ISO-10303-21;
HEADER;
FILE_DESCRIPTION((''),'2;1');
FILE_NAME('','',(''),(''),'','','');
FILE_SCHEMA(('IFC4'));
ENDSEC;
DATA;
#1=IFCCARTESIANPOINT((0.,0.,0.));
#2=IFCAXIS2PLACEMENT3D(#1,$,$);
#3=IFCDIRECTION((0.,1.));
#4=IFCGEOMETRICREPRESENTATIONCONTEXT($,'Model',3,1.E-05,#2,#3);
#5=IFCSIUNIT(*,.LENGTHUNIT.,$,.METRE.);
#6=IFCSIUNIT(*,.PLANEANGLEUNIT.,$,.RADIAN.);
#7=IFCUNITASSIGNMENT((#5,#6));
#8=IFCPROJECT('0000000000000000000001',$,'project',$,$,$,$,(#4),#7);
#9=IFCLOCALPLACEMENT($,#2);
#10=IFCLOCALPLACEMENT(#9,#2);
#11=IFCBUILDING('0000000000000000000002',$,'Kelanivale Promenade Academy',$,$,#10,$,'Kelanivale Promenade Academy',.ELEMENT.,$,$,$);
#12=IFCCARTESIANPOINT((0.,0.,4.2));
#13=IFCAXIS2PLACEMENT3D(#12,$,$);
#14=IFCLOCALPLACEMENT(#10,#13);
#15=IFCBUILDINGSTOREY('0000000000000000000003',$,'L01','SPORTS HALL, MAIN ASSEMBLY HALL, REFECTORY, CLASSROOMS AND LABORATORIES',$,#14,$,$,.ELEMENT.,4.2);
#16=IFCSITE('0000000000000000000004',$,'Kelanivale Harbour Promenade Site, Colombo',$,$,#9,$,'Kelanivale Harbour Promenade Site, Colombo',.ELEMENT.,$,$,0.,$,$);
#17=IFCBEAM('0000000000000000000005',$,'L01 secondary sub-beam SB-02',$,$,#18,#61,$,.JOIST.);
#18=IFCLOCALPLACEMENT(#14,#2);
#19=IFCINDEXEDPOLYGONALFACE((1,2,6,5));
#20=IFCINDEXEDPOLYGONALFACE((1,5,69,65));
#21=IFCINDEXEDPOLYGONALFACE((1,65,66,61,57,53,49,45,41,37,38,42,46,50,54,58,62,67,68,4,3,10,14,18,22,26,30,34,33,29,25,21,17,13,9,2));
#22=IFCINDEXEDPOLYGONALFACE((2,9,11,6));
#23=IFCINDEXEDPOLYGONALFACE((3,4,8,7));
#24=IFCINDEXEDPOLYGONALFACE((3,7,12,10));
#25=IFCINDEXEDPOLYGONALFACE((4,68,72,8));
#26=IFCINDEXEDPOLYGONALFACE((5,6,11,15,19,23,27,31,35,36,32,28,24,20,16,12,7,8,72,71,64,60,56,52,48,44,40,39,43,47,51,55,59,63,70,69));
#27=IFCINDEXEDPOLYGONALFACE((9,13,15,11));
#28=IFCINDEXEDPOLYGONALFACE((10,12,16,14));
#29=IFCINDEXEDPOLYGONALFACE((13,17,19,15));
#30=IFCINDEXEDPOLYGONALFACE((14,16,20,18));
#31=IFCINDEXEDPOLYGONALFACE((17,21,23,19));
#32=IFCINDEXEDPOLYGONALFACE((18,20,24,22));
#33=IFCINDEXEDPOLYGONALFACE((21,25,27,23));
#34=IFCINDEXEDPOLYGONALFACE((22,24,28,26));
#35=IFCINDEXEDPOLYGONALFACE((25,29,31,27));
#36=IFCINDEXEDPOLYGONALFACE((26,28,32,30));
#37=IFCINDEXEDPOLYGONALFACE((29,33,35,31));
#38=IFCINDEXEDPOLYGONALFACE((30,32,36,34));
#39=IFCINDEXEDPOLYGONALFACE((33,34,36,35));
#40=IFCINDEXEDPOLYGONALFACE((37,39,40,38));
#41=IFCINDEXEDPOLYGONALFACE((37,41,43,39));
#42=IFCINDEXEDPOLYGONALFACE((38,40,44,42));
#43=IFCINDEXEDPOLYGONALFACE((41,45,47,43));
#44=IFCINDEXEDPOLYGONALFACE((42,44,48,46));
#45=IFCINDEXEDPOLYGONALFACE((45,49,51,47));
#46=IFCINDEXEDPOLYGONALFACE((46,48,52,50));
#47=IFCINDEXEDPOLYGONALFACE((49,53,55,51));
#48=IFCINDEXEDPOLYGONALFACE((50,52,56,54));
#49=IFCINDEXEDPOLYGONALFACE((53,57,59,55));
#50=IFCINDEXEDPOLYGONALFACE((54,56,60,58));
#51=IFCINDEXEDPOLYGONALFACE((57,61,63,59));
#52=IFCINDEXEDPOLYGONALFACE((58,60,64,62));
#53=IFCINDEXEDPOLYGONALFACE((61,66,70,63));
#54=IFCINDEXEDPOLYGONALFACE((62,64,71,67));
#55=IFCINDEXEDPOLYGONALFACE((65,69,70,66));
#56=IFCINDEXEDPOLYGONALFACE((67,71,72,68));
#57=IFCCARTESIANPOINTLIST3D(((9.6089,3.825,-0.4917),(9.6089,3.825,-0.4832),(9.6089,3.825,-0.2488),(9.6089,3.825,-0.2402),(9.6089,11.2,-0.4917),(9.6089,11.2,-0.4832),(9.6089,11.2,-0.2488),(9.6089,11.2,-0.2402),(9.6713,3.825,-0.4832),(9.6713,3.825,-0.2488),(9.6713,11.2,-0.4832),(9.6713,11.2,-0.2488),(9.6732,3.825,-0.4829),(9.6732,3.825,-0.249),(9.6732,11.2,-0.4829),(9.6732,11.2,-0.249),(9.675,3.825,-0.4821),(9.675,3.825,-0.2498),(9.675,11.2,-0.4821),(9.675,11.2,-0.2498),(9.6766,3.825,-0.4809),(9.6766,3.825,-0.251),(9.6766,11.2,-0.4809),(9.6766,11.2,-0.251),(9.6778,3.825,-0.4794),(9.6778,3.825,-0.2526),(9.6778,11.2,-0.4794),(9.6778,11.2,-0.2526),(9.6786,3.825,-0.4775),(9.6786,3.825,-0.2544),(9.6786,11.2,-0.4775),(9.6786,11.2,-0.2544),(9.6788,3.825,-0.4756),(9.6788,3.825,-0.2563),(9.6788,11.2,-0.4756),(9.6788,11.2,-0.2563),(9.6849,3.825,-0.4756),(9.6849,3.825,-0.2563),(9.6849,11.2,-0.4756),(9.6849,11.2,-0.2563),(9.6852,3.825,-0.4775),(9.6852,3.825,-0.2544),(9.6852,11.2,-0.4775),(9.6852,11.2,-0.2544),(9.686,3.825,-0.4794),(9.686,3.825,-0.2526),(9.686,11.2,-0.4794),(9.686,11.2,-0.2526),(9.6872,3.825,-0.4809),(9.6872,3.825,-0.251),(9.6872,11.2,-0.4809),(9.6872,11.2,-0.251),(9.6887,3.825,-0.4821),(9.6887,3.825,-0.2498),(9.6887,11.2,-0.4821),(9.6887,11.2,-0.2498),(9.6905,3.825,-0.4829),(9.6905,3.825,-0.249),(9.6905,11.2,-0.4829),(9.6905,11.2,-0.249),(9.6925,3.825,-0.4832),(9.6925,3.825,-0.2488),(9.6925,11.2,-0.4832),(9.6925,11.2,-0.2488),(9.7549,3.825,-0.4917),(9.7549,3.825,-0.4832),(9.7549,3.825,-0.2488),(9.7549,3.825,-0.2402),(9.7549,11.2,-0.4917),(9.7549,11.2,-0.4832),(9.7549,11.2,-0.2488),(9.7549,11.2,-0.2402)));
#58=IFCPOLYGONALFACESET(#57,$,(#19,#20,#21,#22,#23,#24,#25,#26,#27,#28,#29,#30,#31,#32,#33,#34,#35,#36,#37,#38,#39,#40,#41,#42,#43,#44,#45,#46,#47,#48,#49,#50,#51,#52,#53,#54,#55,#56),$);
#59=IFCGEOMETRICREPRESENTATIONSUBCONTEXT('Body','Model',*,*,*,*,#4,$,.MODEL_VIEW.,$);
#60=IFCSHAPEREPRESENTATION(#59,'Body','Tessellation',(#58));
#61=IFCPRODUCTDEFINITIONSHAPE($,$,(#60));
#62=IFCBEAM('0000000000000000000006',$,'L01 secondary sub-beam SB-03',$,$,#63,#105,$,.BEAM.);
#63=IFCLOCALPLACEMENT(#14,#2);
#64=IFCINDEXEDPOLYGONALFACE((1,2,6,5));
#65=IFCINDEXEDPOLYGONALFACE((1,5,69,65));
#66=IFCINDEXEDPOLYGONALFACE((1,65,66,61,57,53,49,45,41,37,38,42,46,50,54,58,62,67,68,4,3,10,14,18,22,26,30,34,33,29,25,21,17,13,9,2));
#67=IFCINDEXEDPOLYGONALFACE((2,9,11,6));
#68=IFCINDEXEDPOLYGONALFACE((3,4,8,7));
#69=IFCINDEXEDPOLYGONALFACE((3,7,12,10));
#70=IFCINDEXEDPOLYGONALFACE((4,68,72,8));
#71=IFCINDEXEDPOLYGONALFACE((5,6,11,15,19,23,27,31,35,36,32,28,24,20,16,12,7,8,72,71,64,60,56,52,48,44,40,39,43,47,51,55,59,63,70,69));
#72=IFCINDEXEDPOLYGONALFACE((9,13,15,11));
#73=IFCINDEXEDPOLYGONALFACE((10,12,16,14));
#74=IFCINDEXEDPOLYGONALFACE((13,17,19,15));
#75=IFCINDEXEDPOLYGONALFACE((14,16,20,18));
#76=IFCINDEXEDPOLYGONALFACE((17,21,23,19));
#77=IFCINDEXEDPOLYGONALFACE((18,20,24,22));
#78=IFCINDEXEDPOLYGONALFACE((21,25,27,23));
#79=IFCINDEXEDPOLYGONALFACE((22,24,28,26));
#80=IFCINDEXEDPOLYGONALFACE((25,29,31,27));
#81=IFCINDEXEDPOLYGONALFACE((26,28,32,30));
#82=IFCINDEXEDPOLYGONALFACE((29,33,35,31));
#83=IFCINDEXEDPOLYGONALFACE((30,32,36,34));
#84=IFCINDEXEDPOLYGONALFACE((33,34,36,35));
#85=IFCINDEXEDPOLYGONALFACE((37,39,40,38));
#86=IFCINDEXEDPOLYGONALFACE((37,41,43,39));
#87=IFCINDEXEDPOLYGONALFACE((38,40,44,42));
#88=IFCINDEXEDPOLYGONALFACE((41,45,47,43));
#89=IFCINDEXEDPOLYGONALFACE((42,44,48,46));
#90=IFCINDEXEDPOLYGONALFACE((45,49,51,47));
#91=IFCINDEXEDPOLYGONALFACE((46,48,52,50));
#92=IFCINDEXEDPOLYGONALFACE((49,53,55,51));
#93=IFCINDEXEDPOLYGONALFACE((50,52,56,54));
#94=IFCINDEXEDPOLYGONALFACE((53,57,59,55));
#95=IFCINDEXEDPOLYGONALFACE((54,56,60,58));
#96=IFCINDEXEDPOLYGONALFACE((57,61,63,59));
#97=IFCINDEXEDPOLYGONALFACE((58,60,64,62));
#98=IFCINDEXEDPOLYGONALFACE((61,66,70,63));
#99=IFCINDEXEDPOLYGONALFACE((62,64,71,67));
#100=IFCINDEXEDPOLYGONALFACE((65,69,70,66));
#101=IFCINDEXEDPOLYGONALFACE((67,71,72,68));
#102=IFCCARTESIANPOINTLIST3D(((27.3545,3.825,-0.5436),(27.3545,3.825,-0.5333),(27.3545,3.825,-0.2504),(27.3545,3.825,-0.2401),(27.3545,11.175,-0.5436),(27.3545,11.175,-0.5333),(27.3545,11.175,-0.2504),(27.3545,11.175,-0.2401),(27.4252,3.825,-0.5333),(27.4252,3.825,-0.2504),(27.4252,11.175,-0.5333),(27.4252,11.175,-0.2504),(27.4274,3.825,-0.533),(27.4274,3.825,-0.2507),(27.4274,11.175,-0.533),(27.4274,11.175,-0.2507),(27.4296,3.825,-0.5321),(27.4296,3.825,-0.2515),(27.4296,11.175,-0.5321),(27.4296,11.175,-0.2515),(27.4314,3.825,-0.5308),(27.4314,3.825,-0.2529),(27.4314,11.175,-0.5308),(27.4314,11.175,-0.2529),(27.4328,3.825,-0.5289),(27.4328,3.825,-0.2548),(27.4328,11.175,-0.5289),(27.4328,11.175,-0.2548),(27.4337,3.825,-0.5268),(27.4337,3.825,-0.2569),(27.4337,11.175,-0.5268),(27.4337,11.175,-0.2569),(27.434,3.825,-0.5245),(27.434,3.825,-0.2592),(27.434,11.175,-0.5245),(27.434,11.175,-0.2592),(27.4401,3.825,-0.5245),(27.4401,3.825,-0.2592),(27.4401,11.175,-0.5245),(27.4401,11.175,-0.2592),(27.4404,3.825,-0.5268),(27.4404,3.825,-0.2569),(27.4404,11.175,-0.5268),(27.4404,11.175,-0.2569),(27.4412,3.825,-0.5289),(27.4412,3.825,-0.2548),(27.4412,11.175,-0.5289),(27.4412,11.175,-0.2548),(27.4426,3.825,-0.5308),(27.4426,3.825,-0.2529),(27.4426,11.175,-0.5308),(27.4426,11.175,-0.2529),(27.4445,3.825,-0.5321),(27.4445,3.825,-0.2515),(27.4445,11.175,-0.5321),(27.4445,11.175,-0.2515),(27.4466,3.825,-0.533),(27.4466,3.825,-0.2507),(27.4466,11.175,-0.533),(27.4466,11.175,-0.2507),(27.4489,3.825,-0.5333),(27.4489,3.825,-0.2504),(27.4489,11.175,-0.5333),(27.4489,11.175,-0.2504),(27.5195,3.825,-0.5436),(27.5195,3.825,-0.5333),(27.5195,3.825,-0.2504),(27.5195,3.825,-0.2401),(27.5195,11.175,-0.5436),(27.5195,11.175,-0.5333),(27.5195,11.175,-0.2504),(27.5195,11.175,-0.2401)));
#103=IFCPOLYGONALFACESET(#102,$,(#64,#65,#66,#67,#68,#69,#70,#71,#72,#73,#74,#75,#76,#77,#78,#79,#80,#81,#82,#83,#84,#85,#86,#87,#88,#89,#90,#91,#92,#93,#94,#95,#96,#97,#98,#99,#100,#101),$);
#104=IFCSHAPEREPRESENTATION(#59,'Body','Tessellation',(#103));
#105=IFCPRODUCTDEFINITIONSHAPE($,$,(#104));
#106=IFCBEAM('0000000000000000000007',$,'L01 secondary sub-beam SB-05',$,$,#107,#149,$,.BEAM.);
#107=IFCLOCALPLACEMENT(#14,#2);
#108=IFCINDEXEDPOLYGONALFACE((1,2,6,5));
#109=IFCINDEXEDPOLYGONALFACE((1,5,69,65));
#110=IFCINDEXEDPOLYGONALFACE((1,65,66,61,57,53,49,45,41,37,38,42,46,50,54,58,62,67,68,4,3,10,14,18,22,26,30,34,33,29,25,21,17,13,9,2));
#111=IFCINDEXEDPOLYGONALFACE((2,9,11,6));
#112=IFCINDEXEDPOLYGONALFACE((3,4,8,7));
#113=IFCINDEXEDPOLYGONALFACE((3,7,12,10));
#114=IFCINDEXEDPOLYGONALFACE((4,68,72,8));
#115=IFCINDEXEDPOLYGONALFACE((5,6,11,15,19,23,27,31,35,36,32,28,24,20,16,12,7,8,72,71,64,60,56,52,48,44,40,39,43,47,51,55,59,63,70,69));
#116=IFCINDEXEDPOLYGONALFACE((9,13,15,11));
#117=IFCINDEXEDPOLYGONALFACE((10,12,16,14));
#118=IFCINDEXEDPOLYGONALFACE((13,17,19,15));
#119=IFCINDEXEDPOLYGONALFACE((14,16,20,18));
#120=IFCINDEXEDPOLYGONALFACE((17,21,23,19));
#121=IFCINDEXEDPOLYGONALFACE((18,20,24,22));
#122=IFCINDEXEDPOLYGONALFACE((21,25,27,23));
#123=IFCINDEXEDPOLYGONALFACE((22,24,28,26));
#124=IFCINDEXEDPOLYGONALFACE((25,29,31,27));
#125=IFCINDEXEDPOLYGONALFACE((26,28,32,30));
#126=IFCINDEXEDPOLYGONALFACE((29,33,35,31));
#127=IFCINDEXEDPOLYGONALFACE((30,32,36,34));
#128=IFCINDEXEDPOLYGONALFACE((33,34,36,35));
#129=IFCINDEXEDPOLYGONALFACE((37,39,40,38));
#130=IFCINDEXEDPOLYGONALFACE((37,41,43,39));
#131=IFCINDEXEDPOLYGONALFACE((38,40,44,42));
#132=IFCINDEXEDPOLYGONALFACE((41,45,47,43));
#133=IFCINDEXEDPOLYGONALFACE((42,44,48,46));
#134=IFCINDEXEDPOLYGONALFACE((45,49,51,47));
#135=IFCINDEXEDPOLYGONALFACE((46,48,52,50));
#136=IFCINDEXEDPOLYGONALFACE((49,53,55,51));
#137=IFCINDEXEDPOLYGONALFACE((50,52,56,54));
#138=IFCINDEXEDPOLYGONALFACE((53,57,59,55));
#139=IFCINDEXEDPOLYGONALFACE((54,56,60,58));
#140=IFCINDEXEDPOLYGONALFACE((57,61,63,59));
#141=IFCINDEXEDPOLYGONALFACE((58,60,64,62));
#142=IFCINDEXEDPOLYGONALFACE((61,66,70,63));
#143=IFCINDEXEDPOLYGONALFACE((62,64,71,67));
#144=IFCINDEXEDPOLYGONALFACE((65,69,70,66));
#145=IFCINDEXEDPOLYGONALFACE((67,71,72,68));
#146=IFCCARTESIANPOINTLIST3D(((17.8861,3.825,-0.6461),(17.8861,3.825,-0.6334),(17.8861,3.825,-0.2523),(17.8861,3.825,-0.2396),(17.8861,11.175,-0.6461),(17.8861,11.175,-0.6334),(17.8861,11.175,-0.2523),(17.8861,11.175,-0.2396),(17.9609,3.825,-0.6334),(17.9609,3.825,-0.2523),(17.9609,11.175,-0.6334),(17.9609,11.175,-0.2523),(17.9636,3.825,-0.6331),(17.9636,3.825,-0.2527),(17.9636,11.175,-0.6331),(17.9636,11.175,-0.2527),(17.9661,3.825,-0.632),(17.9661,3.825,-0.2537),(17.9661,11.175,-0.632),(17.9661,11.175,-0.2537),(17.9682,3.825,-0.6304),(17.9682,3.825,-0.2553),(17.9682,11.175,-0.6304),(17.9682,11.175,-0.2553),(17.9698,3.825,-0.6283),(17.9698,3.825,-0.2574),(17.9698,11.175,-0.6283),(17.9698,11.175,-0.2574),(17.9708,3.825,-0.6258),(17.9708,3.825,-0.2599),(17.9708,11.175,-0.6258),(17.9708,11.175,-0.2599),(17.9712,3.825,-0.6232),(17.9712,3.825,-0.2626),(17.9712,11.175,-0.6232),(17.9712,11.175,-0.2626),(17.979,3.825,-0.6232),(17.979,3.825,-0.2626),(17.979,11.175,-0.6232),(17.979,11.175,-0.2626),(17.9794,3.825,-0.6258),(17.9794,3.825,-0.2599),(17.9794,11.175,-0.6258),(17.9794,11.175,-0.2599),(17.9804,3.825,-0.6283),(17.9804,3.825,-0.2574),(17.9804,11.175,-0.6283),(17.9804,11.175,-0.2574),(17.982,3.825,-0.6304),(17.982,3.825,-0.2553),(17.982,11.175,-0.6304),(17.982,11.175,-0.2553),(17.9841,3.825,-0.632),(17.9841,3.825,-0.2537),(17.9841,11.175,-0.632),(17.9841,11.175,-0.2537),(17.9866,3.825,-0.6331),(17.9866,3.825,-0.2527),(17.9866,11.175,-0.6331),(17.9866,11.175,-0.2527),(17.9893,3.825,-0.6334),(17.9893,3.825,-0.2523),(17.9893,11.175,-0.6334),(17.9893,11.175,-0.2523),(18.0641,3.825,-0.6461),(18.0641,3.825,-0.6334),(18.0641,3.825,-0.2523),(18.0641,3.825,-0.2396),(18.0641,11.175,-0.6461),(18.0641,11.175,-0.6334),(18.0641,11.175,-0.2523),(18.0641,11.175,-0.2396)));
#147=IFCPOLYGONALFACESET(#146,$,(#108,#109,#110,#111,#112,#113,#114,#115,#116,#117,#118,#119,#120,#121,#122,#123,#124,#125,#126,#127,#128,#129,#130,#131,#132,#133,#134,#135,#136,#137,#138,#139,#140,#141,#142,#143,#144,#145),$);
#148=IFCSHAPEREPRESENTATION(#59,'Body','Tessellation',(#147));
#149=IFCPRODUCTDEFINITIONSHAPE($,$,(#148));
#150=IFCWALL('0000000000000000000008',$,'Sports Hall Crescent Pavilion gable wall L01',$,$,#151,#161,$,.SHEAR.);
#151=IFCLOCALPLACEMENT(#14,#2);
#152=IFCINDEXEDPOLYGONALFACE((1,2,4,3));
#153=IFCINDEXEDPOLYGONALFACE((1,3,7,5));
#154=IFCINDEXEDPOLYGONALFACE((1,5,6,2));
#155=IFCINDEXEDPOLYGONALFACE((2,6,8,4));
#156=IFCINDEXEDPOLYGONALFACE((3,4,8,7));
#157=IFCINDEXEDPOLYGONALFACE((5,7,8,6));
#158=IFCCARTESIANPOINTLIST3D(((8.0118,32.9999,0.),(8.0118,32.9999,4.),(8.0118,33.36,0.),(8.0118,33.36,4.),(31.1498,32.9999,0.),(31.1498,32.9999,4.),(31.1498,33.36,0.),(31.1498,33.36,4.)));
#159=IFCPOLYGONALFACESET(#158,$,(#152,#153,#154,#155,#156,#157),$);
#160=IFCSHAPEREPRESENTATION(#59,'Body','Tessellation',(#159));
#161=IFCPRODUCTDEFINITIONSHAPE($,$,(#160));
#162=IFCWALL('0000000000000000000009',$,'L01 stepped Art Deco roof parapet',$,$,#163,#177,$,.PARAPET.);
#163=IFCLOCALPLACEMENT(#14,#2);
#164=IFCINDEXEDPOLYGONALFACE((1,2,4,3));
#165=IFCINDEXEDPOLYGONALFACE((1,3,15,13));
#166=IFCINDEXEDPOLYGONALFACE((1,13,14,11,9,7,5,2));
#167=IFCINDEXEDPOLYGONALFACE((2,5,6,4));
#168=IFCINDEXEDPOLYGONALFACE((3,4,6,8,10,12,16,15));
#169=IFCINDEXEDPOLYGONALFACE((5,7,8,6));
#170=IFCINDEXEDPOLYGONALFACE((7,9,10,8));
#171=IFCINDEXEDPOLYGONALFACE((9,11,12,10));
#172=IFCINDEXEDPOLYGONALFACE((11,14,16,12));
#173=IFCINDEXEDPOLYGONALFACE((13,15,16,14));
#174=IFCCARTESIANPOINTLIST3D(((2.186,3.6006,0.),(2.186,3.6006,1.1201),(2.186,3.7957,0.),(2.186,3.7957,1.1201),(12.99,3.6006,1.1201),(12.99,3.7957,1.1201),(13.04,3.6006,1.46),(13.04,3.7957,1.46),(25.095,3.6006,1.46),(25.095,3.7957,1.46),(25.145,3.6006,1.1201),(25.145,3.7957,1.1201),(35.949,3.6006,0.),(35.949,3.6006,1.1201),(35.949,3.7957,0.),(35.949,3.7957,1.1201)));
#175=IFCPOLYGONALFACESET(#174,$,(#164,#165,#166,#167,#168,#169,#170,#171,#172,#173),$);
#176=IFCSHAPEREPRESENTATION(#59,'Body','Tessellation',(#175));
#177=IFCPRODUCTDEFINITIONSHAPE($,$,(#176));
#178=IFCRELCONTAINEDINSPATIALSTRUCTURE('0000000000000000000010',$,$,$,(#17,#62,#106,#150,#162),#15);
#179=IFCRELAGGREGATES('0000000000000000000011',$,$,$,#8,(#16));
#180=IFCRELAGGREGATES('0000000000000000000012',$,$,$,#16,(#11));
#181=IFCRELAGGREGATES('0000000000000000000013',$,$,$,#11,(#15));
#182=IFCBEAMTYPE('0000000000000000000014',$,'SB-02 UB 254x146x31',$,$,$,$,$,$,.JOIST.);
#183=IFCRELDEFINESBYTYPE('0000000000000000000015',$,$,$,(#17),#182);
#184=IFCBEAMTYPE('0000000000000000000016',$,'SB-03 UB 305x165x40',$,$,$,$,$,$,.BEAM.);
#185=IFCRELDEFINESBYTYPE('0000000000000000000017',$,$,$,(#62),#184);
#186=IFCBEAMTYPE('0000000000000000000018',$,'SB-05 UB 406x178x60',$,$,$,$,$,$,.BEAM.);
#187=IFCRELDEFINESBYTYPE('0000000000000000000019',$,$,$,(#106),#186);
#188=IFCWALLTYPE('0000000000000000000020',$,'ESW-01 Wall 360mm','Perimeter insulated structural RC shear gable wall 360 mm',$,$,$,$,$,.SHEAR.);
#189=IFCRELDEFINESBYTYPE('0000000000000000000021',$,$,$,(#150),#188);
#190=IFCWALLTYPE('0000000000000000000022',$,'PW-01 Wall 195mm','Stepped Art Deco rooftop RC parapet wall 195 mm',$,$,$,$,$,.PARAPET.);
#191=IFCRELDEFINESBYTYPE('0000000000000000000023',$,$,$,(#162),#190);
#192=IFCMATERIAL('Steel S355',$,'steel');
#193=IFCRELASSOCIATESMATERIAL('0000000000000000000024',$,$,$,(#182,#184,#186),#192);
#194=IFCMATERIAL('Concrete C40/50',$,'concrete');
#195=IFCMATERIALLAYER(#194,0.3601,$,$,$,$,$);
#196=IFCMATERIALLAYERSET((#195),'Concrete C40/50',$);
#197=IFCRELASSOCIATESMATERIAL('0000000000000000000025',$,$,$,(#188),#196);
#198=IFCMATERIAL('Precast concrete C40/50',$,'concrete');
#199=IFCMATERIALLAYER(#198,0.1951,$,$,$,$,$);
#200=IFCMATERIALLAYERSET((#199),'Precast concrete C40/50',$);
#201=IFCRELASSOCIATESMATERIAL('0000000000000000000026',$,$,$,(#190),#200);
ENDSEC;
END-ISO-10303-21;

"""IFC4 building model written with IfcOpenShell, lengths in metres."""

from ifc_helpers import new_model, si_unit, direction, frame, frame_2d, origin, origin_2d, place, context, subcontext, project, spatial, polyline, rectangle, i_section, outline, extrude, material, layer, layer_set, material_profile, profile_set, type_object, element, save


model = new_model("IFC4")

# Units and contexts
model_context = context("Model", 3, precision=1e-05, world=origin(), true_north=direction((0.0, 1.0)))
body_context = subcontext(model_context, "Body", "Model", "MODEL_VIEW")
ifc_project = project(units=[si_unit("LENGTHUNIT", "METRE"), si_unit("PLANEANGLEUNIT", "RADIAN")], contexts=[model_context])

# Site, building, storey
site_placement = place(None, origin())
site = spatial("IfcSite", under=ifc_project, at=site_placement, Name="Kelanivale Harbour Promenade Site, Colombo", LongName="Kelanivale Harbour Promenade Site, Colombo", CompositionType="ELEMENT", RefElevation=0.0)
building_placement = place(site_placement, origin())
building = spatial("IfcBuilding", under=site, at=building_placement, Name="Kelanivale Promenade Academy", LongName="Kelanivale Promenade Academy", CompositionType="ELEMENT")
storey_placement = place(building_placement, frame((0.0, 0.0, 4.2)))
storey = spatial("IfcBuildingStorey", under=building, at=storey_placement, Name="L01", Description="SPORTS HALL, MAIN ASSEMBLY HALL, REFECTORY, CLASSROOMS AND LABORATORIES", CompositionType="ELEMENT", Elevation=4.2)

# Shared definitions
ifc_material_1 = material(Name="Concrete C40/50", Category="concrete")
ifc_material_2 = material(Name="Steel S355", Category="steel")

# Beams
ifc_material_profile_1 = material_profile(ifc_material_2, i_section(OverallWidth=0.146, OverallDepth=0.2515, WebThickness=0.0061, FlangeThickness=0.0085, FilletRadius=0.0076, at=origin_2d()), Name="UB 254x146x31")
ifc_profile_set_1 = profile_set([ifc_material_profile_1], Name="Steel S355")
beam_type_1 = type_object("IfcBeamType", Name="SB-02 UB 254x146x31", PredefinedType="JOIST", material=ifc_profile_set_1)
beam_1_placement = place(storey_placement, frame((9.6819, 3.825, -0.366), z_axis=(0.0, 1.0, 0.0), x_axis=(-1.0, 0.0, 0.0)))
element("IfcBeam", 1, at=beam_1_placement, inside=storey, type_object=beam_type_1, Name="L01 secondary sub-beam SB-02", PredefinedType="JOIST", context=body_context, shape_type="SweptSolid", body=[
    extrude(i_section(OverallWidth=0.146, OverallDepth=0.2515, WebThickness=0.0061, FlangeThickness=0.0085, FilletRadius=0.0076, at=origin_2d()), origin(), (0.0, 0.0, 1.0), 7.375),
])
ifc_material_profile_2 = material_profile(ifc_material_2, i_section(OverallWidth=0.165, OverallDepth=0.3035, WebThickness=0.0061, FlangeThickness=0.0103, FilletRadius=0.0088, at=origin_2d()), Name="UB 305x165x40")
ifc_profile_set_2 = profile_set([ifc_material_profile_2], Name="Steel S355")
beam_type_2 = type_object("IfcBeamType", Name="SB-03 UB 305x165x40", PredefinedType="BEAM", material=ifc_profile_set_2)
beam_2_placement = place(storey_placement, frame((27.437, 3.825, -0.3918), z_axis=(0.0, 1.0, 0.0), x_axis=(-1.0, 0.0, 0.0)))
element("IfcBeam", 2, at=beam_2_placement, inside=storey, type_object=beam_type_2, Name="L01 secondary sub-beam SB-03", PredefinedType="BEAM", context=body_context, shape_type="SweptSolid", body=[
    extrude(i_section(OverallWidth=0.165, OverallDepth=0.3035, WebThickness=0.0061, FlangeThickness=0.0103, FilletRadius=0.0088, at=origin_2d()), origin(), (0.0, 0.0, 1.0), 7.3501),
])
ifc_material_profile_3 = material_profile(ifc_material_2, i_section(OverallWidth=0.178, OverallDepth=0.4065, WebThickness=0.0078, FlangeThickness=0.0127, FilletRadius=0.0103, at=origin_2d()), Name="UB 406x178x60")
ifc_profile_set_3 = profile_set([ifc_material_profile_3], Name="Steel S355")
beam_type_3 = type_object("IfcBeamType", Name="SB-05 UB 406x178x60", PredefinedType="BEAM", material=ifc_profile_set_3)
beam_3_placement = place(storey_placement, frame((17.9751, 3.825, -0.4429), z_axis=(0.0, 1.0, 0.0), x_axis=(-1.0, 0.0, 0.0)))
element("IfcBeam", 3, at=beam_3_placement, inside=storey, type_object=beam_type_3, Name="L01 secondary sub-beam SB-05", PredefinedType="BEAM", context=body_context, shape_type="SweptSolid", body=[
    extrude(i_section(OverallWidth=0.178, OverallDepth=0.4065, WebThickness=0.0078, FlangeThickness=0.0127, FilletRadius=0.0103, at=origin_2d()), origin(), (0.0, 0.0, 1.0), 7.3501),
])

# Walls
ifc_layer_1 = layer(ifc_material_1, 0.3601)
ifc_layer_set_1 = layer_set([ifc_layer_1], Name="Concrete C40/50")
wall_type_1 = type_object("IfcWallType", Name="ESW-01 Wall 360mm", Description="Perimeter insulated structural RC shear gable wall 360 mm", PredefinedType="SHEAR", material=ifc_layer_set_1)
wall_1_placement = place(storey_placement, frame((8.012, 33.1799, 0.0), z_axis=(0.0, 0.0, 1.0), x_axis=(1.0, 0.0, 0.0)))
element("IfcWall", 4, at=wall_1_placement, inside=storey, type_object=wall_type_1, Name="Sports Hall Crescent Pavilion gable wall L01", PredefinedType="SHEAR", context=body_context, shape_type="SweptSolid", body=[
    extrude(rectangle(XDim=23.1379, YDim=0.3601, at=frame_2d((11.5688, 0.0))), origin(), (0.0, 0.0, 1.0), 4.0),
])
ifc_material_3 = material(Name="Precast concrete C40/50", Category="concrete")
ifc_layer_2 = layer(ifc_material_3, 0.1951)
ifc_layer_set_2 = layer_set([ifc_layer_2], Name="Precast concrete C40/50")
wall_type_2 = type_object("IfcWallType", Name="PW-01 Wall 195mm", Description="Stepped Art Deco rooftop RC parapet wall 195 mm", PredefinedType="PARAPET", material=ifc_layer_set_2)
wall_2_placement = place(storey_placement, frame((2.186, 3.698, 0.0), z_axis=(0.0, 0.0, 1.0), x_axis=(1.0, 0.0, 0.0)))
element("IfcWall", 5, at=wall_2_placement, inside=storey, type_object=wall_type_2, Name="L01 stepped Art Deco roof parapet", PredefinedType="PARAPET", context=body_context, shape_type="SweptSolid", body=[
    extrude(outline(polyline([(0.0, 0.0), (33.7629, 0.0), (33.7629, 1.1201), (22.959, 1.1201), (22.9089, 1.46), (10.854, 1.46), (10.804, 1.1201), (0.0, 1.1201), (0.0, 0.0)])), frame((0.0, 0.0977, 0.0), z_axis=(0.0, -1.0, 0.0), x_axis=(1.0, 0.0, 0.0)), (0.0, 0.0, 1.0), 0.1951),
])

save(model, "model.ifc")
